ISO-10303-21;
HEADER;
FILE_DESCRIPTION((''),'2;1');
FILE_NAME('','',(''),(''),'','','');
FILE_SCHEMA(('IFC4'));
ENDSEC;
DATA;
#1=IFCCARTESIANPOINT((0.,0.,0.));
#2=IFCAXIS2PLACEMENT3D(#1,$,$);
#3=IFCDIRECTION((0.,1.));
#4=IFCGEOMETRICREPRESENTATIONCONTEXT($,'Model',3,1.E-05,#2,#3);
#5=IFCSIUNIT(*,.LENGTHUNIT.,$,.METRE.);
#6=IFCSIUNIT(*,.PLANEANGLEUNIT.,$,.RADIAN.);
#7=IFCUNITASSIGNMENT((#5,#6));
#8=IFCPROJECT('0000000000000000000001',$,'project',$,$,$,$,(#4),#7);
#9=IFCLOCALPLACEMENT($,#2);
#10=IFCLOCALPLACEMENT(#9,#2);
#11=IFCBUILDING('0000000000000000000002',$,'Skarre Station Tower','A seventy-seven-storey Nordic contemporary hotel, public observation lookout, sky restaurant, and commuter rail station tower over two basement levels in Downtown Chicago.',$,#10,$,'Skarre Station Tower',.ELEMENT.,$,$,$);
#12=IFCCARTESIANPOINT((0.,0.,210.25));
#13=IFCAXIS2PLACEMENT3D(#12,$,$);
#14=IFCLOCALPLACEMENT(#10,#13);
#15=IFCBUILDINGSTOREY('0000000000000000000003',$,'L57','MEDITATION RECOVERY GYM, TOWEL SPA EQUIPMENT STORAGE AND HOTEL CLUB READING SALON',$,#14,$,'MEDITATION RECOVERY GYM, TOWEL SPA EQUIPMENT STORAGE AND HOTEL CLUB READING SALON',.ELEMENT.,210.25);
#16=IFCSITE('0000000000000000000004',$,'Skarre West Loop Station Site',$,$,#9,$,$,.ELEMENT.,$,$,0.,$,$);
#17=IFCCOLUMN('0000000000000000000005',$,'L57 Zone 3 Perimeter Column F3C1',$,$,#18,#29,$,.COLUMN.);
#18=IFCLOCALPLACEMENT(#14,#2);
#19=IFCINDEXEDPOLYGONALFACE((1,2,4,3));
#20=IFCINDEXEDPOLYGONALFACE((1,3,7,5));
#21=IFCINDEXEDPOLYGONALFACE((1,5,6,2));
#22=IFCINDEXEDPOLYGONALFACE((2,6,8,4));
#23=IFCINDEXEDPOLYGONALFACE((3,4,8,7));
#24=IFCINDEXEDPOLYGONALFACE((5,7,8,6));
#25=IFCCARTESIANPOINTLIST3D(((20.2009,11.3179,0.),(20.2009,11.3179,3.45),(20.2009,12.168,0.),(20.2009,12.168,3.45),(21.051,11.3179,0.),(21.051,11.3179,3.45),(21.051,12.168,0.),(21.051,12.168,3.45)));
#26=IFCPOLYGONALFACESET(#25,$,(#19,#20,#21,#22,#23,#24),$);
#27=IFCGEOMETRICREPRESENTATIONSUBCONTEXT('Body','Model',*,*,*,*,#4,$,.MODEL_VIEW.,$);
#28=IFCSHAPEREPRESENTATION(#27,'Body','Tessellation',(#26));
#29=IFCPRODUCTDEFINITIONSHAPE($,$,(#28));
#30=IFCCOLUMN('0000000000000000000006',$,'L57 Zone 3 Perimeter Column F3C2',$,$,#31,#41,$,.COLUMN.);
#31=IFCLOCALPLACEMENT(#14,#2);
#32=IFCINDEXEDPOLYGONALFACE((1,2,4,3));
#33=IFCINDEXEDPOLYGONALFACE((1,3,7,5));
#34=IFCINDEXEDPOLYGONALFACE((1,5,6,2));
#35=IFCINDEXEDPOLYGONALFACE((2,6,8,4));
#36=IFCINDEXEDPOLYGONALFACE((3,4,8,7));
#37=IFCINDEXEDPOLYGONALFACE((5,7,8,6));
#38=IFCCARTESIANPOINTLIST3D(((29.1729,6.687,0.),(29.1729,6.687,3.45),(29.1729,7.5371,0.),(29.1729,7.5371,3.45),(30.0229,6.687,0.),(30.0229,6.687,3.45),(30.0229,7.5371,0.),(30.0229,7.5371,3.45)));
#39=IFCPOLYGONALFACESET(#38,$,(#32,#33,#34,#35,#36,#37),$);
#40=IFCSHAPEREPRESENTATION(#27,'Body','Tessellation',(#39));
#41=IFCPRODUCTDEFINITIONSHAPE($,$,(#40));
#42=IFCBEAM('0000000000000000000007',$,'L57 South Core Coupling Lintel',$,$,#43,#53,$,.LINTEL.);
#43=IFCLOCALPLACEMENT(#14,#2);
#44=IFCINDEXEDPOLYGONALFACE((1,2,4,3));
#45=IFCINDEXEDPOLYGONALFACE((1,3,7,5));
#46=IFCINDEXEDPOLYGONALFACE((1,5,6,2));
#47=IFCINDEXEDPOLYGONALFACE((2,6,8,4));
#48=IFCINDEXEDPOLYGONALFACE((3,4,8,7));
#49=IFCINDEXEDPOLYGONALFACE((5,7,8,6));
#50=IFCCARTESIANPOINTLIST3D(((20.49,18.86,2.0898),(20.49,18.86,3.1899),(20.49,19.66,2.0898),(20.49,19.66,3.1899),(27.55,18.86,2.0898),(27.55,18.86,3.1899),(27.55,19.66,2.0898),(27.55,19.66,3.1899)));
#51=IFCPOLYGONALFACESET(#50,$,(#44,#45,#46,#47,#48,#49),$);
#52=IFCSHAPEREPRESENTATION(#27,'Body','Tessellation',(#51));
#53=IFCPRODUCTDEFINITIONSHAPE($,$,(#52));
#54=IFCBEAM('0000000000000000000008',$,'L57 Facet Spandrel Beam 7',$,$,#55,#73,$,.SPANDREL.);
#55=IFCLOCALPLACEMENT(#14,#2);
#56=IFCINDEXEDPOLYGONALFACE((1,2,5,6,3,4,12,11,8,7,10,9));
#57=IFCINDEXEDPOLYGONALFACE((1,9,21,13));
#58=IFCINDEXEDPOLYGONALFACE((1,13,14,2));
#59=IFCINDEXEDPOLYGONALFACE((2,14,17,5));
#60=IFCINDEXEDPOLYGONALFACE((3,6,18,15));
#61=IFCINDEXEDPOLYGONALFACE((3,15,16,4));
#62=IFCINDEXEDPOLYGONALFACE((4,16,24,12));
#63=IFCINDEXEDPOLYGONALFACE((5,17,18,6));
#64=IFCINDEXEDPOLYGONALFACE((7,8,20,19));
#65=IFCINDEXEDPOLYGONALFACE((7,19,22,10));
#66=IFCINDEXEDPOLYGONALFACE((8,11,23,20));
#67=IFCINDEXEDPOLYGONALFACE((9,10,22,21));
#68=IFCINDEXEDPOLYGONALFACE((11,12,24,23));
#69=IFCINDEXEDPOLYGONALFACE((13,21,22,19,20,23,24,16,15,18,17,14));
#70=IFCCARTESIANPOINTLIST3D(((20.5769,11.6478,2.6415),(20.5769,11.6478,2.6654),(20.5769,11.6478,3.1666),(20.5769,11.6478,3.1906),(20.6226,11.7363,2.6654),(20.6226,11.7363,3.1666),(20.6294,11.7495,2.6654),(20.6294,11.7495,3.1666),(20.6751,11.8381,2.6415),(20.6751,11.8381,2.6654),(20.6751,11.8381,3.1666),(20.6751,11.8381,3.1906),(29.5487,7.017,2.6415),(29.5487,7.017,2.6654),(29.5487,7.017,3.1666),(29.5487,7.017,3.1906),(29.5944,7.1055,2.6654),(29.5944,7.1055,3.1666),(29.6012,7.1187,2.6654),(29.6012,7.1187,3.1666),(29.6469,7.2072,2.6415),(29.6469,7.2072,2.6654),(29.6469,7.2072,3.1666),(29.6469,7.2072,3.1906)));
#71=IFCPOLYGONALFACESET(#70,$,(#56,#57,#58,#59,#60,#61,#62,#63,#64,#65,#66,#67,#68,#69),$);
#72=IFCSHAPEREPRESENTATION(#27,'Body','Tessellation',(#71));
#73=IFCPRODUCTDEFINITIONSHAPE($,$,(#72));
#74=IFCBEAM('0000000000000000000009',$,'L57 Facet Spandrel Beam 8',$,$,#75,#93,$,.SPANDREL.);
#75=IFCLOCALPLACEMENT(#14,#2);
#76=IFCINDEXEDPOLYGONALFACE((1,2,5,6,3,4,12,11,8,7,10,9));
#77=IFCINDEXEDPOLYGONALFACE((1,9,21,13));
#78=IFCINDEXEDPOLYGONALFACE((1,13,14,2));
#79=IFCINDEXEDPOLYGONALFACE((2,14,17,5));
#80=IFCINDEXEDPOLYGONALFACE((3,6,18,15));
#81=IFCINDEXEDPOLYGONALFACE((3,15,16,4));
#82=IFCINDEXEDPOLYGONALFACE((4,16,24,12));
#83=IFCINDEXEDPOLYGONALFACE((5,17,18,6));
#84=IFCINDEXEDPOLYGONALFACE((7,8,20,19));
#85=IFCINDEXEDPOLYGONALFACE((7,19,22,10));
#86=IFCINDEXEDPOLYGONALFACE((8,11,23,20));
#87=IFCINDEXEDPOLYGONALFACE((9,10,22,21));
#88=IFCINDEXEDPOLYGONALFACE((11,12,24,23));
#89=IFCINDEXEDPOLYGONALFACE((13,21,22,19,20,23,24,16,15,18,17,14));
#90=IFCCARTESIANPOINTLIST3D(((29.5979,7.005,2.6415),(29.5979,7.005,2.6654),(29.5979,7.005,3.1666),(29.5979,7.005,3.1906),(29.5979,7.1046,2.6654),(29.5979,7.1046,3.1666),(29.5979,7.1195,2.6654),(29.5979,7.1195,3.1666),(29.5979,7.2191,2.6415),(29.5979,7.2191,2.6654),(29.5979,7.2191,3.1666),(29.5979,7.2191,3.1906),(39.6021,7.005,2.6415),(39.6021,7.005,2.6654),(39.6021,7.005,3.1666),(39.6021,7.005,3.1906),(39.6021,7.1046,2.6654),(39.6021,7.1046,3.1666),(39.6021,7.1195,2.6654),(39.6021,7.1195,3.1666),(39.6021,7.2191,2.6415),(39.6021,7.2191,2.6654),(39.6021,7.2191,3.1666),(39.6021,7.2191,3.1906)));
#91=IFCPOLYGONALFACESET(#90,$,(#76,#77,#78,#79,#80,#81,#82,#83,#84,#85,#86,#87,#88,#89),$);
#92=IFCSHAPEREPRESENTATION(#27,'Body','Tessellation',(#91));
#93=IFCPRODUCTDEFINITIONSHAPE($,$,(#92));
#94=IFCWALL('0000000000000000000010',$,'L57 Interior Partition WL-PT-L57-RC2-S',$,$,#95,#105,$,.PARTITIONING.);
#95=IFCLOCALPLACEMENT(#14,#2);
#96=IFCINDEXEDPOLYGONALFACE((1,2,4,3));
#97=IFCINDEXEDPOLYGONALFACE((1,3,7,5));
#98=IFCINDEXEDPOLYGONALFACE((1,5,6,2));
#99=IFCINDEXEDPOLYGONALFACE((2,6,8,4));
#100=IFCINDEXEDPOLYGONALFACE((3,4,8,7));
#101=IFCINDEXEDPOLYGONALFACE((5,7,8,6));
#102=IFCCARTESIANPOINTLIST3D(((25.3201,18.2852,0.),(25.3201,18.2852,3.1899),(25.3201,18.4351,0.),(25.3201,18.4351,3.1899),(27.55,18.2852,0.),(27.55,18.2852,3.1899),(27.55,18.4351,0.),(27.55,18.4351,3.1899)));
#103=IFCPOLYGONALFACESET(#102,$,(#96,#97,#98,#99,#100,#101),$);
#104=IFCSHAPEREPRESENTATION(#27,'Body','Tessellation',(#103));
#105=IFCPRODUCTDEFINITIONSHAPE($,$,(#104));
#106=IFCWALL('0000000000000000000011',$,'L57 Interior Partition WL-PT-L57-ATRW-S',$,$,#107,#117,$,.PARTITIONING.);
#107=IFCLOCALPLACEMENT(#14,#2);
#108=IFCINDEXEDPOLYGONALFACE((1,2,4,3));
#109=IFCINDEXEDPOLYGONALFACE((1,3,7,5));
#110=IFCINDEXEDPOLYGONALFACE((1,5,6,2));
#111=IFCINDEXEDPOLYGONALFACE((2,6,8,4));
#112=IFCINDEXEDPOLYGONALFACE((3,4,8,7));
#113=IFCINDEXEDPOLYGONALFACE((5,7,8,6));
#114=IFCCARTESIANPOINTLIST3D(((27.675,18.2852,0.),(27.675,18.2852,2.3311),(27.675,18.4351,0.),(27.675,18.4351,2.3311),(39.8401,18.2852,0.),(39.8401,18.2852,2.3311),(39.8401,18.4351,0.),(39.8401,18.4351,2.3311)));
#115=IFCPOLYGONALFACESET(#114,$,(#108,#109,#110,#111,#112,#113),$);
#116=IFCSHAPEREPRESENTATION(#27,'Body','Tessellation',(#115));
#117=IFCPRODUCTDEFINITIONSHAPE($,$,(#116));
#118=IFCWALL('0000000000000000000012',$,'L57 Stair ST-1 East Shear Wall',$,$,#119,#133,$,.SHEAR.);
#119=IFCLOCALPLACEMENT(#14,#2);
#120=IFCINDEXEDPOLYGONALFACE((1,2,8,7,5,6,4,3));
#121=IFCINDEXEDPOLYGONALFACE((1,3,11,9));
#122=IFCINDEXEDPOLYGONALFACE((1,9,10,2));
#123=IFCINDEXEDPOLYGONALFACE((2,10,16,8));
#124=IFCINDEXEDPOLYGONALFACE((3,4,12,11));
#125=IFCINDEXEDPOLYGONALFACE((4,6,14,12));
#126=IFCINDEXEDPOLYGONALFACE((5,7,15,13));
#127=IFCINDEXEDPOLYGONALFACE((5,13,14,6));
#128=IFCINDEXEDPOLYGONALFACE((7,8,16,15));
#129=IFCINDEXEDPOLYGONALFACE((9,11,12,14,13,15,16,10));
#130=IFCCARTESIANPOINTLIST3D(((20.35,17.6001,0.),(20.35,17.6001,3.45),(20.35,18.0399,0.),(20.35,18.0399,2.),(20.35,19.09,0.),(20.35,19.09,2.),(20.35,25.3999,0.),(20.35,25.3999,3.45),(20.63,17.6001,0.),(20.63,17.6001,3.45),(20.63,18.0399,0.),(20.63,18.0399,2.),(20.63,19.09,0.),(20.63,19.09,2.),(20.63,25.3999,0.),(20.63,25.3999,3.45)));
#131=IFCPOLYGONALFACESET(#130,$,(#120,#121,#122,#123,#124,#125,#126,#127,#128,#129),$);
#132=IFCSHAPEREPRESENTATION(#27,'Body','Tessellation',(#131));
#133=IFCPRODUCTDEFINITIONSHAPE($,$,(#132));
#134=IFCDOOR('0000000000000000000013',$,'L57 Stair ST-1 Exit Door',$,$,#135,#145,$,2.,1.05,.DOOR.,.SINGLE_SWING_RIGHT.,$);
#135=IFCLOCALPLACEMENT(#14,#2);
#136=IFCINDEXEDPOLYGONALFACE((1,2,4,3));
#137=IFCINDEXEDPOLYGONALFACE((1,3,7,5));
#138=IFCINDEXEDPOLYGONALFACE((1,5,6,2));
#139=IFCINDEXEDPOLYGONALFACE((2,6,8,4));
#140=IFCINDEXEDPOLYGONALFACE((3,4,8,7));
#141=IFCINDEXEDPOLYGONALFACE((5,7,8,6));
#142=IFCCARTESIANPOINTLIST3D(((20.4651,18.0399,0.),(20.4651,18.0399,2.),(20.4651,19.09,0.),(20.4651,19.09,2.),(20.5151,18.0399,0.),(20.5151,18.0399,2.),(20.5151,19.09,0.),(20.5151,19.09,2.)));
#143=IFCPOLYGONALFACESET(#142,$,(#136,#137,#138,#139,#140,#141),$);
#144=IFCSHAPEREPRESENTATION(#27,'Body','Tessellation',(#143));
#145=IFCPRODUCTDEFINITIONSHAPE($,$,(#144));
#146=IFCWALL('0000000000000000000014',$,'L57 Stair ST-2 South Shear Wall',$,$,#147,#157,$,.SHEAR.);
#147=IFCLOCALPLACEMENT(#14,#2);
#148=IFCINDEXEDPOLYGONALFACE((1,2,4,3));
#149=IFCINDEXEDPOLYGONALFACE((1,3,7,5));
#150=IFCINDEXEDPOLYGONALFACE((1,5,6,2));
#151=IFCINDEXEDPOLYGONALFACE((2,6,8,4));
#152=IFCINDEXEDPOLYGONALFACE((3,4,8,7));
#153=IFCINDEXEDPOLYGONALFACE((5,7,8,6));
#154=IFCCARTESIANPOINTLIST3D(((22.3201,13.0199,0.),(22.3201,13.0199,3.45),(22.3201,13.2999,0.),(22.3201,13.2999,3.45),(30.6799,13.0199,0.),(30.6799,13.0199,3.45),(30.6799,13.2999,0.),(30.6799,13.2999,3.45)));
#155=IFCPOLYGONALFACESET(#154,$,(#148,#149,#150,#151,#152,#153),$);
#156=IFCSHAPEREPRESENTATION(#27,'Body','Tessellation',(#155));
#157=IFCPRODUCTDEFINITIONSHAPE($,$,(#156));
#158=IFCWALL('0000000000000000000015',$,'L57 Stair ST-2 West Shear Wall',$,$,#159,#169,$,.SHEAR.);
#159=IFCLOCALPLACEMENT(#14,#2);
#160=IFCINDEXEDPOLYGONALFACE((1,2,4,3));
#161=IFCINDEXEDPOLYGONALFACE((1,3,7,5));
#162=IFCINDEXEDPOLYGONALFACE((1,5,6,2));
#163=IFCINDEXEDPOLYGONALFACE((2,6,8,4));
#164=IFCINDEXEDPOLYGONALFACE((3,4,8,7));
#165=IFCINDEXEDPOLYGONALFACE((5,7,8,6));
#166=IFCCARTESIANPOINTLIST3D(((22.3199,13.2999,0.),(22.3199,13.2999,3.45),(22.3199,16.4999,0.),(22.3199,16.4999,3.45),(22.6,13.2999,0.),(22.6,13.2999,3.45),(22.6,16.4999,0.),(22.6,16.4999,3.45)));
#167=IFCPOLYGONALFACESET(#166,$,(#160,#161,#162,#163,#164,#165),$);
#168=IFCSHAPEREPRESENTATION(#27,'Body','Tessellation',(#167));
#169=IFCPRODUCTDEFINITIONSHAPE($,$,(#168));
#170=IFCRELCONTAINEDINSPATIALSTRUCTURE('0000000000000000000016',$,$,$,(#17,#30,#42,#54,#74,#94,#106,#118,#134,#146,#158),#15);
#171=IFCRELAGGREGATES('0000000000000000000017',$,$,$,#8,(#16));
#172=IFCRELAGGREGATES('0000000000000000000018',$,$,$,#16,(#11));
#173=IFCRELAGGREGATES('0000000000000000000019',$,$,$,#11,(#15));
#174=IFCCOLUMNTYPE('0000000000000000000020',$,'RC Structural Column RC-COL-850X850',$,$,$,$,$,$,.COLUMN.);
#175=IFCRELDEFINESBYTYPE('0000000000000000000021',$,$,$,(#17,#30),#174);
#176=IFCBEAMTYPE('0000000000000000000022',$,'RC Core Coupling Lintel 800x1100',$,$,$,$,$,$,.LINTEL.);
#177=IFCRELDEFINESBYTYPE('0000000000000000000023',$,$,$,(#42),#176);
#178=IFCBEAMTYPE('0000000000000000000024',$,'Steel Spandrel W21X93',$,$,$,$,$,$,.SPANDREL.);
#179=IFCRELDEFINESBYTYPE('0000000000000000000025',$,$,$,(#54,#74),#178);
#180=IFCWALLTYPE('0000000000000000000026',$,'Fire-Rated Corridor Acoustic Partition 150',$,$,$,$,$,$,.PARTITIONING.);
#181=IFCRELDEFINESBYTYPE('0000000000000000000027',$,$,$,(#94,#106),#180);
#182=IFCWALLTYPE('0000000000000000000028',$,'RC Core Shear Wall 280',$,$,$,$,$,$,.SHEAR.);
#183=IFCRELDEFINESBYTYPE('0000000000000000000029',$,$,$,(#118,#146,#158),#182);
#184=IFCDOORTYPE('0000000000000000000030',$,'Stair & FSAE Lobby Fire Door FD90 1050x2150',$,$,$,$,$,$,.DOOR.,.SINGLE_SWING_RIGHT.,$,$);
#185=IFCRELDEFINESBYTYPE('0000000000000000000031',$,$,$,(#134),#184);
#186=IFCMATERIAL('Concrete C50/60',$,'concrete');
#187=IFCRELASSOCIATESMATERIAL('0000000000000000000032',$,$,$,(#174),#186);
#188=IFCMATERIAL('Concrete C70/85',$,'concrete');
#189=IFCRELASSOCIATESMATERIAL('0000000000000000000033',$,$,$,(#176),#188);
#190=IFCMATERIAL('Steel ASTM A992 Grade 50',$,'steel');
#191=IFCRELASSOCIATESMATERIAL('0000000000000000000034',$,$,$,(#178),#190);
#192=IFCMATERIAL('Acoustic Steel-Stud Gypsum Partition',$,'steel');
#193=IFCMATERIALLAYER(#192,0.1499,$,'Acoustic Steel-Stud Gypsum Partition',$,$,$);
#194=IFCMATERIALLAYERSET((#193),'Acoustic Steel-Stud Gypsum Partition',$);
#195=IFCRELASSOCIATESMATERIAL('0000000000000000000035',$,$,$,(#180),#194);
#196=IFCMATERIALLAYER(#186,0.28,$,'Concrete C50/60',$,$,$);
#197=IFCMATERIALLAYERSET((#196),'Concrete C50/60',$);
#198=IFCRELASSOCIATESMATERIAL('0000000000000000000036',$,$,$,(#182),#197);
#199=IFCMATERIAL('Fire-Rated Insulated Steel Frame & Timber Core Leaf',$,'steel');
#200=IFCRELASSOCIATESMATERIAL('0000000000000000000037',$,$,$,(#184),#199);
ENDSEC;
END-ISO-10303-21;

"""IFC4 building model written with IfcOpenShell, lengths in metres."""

from ifc_helpers import new_model, si_unit, direction, frame, frame_2d, origin, origin_2d, place, context, subcontext, project, spatial, rectangle, i_section, extrude, material, layer, layer_set, material_profile, profile_set, type_object, element, fill, save


model = new_model("IFC4")

# Units and contexts
model_context = context("Model", 3, precision=1e-05, world=origin(), true_north=direction((0.0, 1.0)))
body_context = subcontext(model_context, "Body", "Model", "MODEL_VIEW")
ifc_project = project(units=[si_unit("LENGTHUNIT", "METRE"), si_unit("PLANEANGLEUNIT", "RADIAN")], contexts=[model_context])

# Site, building, storey
site_placement = place(None, origin())
site = spatial("IfcSite", under=ifc_project, at=site_placement, Name="Skarre West Loop Station Site", CompositionType="ELEMENT", RefElevation=0.0)
building_placement = place(site_placement, origin())
building = spatial("IfcBuilding", under=site, at=building_placement, Name="Skarre Station Tower", Description="A seventy-seven-storey Nordic contemporary hotel, public observation lookout, sky restaurant, and commuter rail station tower over two basement levels in Downtown Chicago.", LongName="Skarre Station Tower", CompositionType="ELEMENT")
storey_placement = place(building_placement, frame((0.0, 0.0, 210.25)))
storey = spatial("IfcBuildingStorey", under=building, at=storey_placement, Name="L57", Description="MEDITATION RECOVERY GYM, TOWEL SPA EQUIPMENT STORAGE AND HOTEL CLUB READING SALON", LongName="MEDITATION RECOVERY GYM, TOWEL SPA EQUIPMENT STORAGE AND HOTEL CLUB READING SALON", CompositionType="ELEMENT", Elevation=210.25)

# Columns
ifc_material_1 = material(Name="Concrete C50/60", Category="concrete")
ifc_material_profile_1 = material_profile(ifc_material_1, rectangle(XDim=0.8501, YDim=0.8501, at=origin_2d()), Name="Concrete C50/60")
ifc_profile_set_1 = profile_set([ifc_material_profile_1], Name="Concrete C50/60")
column_type = type_object("IfcColumnType", Name="RC Structural Column RC-COL-850X850", PredefinedType="COLUMN", material=ifc_profile_set_1)
for number, where, z_axis, x_axis, name in (
    (1, (20.626, 11.7429, 0.0), (0.0, 0.0, 1.0), (1.0, 0.0, 0.0), "L57 Zone 3 Perimeter Column F3C1"),
    (2, (29.5979, 7.1121, 0.0), (0.0, 0.0, 1.0), (1.0, 0.0, 0.0), "L57 Zone 3 Perimeter Column F3C2"),
):
    element("IfcColumn", number, at=place(storey_placement, frame(where, z_axis=z_axis, x_axis=x_axis)), inside=storey, type_object=column_type, Name=name, PredefinedType="COLUMN", context=body_context, shape_type="SweptSolid", body=[
        extrude(rectangle(XDim=0.8501, YDim=0.8501, at=origin_2d()), origin(), (0.0, 0.0, 1.0), 3.45),
    ])

# Beams
ifc_material_2 = material(Name="Concrete C70/85", Category="concrete")
ifc_material_profile_2 = material_profile(ifc_material_2, rectangle(XDim=0.8, YDim=1.1001, at=origin_2d()), Name="Concrete C70/85")
ifc_profile_set_2 = profile_set([ifc_material_profile_2], Name="Concrete C70/85")
beam_type_1 = type_object("IfcBeamType", Name="RC Core Coupling Lintel 800x1100", PredefinedType="LINTEL", material=ifc_profile_set_2)
beam_1_placement = place(storey_placement, frame((20.49, 19.26, 2.6399), z_axis=(1.0, 0.0, 0.0), x_axis=(0.0, 1.0, 0.0)))
element("IfcBeam", 3, at=beam_1_placement, inside=storey, type_object=beam_type_1, Name="L57 South Core Coupling Lintel", PredefinedType="LINTEL", context=body_context, shape_type="SweptSolid", body=[
    extrude(rectangle(XDim=0.8, YDim=1.1001, at=origin_2d()), origin(), (0.0, 0.0, 1.0), 7.0601),
])
ifc_material_3 = material(Name="Steel ASTM A992 Grade 50", Category="steel")
ifc_material_profile_3 = material_profile(ifc_material_3, i_section(OverallWidth=0.2141, OverallDepth=0.5491, WebThickness=0.0149, FlangeThickness=0.0239, at=origin_2d()), Name="Steel ASTM A992 Grade 50")
ifc_profile_set_3 = profile_set([ifc_material_profile_3], Name="Steel ASTM A992 Grade 50")
beam_type_2 = type_object("IfcBeamType", Name="Steel Spandrel W21X93", PredefinedType="SPANDREL", material=ifc_profile_set_3)
beam_2_placement = place(storey_placement, frame((20.626, 11.7429, 2.916), z_axis=(0.888613, -0.458658, 0.0), x_axis=(0.458658, 0.888613, 0.0)))
element("IfcBeam", 4, at=beam_2_placement, inside=storey, type_object=beam_type_2, Name="L57 Facet Spandrel Beam 7", PredefinedType="SPANDREL", context=body_context, shape_type="SweptSolid", body=[
    extrude(i_section(OverallWidth=0.2141, OverallDepth=0.5491, WebThickness=0.0149, FlangeThickness=0.0239, at=origin_2d()), origin(), (0.0, 0.0, 1.0), 10.0964),
])
beam_3_placement = place(storey_placement, frame((29.5979, 7.1121, 2.916), z_axis=(1.0, 0.0, 0.0), x_axis=(0.0, 1.0, 0.0)))
element("IfcBeam", 5, at=beam_3_placement, inside=storey, type_object=beam_type_2, Name="L57 Facet Spandrel Beam 8", PredefinedType="SPANDREL", context=body_context, shape_type="SweptSolid", body=[
    extrude(i_section(OverallWidth=0.2141, OverallDepth=0.5491, WebThickness=0.0149, FlangeThickness=0.0239, at=origin_2d()), origin(), (0.0, 0.0, 1.0), 10.0042),
])

# Walls
ifc_material_4 = material(Name="Acoustic Steel-Stud Gypsum Partition", Category="steel")
ifc_layer_1 = layer(ifc_material_4, 0.1499, Name="Acoustic Steel-Stud Gypsum Partition")
ifc_layer_set_1 = layer_set([ifc_layer_1], Name="Acoustic Steel-Stud Gypsum Partition")
wall_type_1 = type_object("IfcWallType", Name="Fire-Rated Corridor Acoustic Partition 150", PredefinedType="PARTITIONING", material=ifc_layer_set_1)
wall_1_placement = place(storey_placement, frame((25.3201, 18.3601, 0.0), z_axis=(0.0, 0.0, 1.0), x_axis=(1.0, 0.0, 0.0)))
element("IfcWall", 6, at=wall_1_placement, inside=storey, type_object=wall_type_1, Name="L57 Interior Partition WL-PT-L57-RC2-S", PredefinedType="PARTITIONING", context=body_context, shape_type="SweptSolid", body=[
    extrude(rectangle(XDim=2.23, YDim=0.1499, at=frame_2d((1.115, 0.0))), origin(), (0.0, 0.0, 1.0), 3.1899),
])
wall_2_placement = place(storey_placement, frame((27.675, 18.3601, 0.0), z_axis=(0.0, 0.0, 1.0), x_axis=(1.0, 0.0, 0.0)))
element("IfcWall", 7, at=wall_2_placement, inside=storey, type_object=wall_type_1, Name="L57 Interior Partition WL-PT-L57-ATRW-S", PredefinedType="PARTITIONING", context=body_context, shape_type="SweptSolid", body=[
    extrude(rectangle(XDim=12.165, YDim=0.1499, at=frame_2d((6.0825, 0.0))), origin(), (0.0, 0.0, 1.0), 2.3311),
])

# Wall, opening, door
ifc_layer_2 = layer(ifc_material_1, 0.28, Name="Concrete C50/60")
ifc_layer_set_2 = layer_set([ifc_layer_2], Name="Concrete C50/60")
wall_type_2 = type_object("IfcWallType", Name="RC Core Shear Wall 280", PredefinedType="SHEAR", material=ifc_layer_set_2)
wall_3_placement = place(storey_placement, frame((20.49, 17.6001, 0.0), z_axis=(0.0, 0.0, 1.0), x_axis=(0.0, 1.0, 0.0)))
wall_3 = element("IfcWall", 8, at=wall_3_placement, inside=storey, type_object=wall_type_2, Name="L57 Stair ST-1 East Shear Wall", PredefinedType="SHEAR", context=body_context, shape_type="SweptSolid", body=[
    extrude(rectangle(XDim=7.7998, YDim=0.28, at=frame_2d((3.8999, 0.0))), origin(), (0.0, 0.0, 1.0), 3.45),
])
opening_1_placement = place(wall_3_placement, frame((0.4399, 0.0, 0.0)))
opening_1 = element("IfcOpeningElement", 9, at=opening_1_placement, cuts=wall_3, PredefinedType="OPENING", context=body_context, shape_type="SweptSolid", body=[
    extrude(rectangle(XDim=1.05, YDim=2.0, at=frame_2d((0.5249, 1.0))), frame((0.0, 0.1499, 0.0), z_axis=(0.0, -1.0, 0.0), x_axis=(1.0, 0.0, 0.0)), (0.0, 0.0, 1.0), 0.3),
])
ifc_material_5 = material(Name="Fire-Rated Insulated Steel Frame & Timber Core Leaf", Category="steel")
door_type_1 = type_object("IfcDoorType", Name="Stair & FSAE Lobby Fire Door FD90 1050x2150", OperationType="SINGLE_SWING_RIGHT", PredefinedType="DOOR", material=ifc_material_5)
door_1_placement = place(opening_1_placement, origin())
door_1 = element("IfcDoor", 10, at=door_1_placement, inside=storey, type_object=door_type_1, Name="L57 Stair ST-1 Exit Door", OperationType="SINGLE_SWING_RIGHT", OverallHeight=2.0, OverallWidth=1.05, PredefinedType="DOOR", context=body_context, shape_type="SweptSolid", body=[
    extrude(rectangle(XDim=1.05, YDim=2.0, at=frame_2d((0.5249, 1.0))), frame((0.0, 0.0249, 0.0), z_axis=(0.0, -1.0, 0.0), x_axis=(1.0, 0.0, 0.0)), (0.0, 0.0, 1.0), 0.05),
])
fill(opening_1, door_1)

# Walls
wall_4_placement = place(storey_placement, frame((22.3201, 13.1599, 0.0), z_axis=(0.0, 0.0, 1.0), x_axis=(1.0, 0.0, 0.0)))
element("IfcWall", 11, at=wall_4_placement, inside=storey, type_object=wall_type_2, Name="L57 Stair ST-2 South Shear Wall", PredefinedType="SHEAR", context=body_context, shape_type="SweptSolid", body=[
    extrude(rectangle(XDim=8.3599, YDim=0.28, at=frame_2d((4.1799, 0.0))), origin(), (0.0, 0.0, 1.0), 3.45),
])
wall_5_placement = place(storey_placement, frame((22.46, 16.5, 0.0), z_axis=(0.0, 0.0, 1.0), x_axis=(0.0, -1.0, 0.0)))
element("IfcWall", 12, at=wall_5_placement, inside=storey, type_object=wall_type_2, Name="L57 Stair ST-2 West Shear Wall", PredefinedType="SHEAR", context=body_context, shape_type="SweptSolid", body=[
    extrude(rectangle(XDim=3.2, YDim=0.28, at=frame_2d((1.6001, 0.0))), origin(), (0.0, 0.0, 1.0), 3.45),
])

save(model, "model.ifc")
